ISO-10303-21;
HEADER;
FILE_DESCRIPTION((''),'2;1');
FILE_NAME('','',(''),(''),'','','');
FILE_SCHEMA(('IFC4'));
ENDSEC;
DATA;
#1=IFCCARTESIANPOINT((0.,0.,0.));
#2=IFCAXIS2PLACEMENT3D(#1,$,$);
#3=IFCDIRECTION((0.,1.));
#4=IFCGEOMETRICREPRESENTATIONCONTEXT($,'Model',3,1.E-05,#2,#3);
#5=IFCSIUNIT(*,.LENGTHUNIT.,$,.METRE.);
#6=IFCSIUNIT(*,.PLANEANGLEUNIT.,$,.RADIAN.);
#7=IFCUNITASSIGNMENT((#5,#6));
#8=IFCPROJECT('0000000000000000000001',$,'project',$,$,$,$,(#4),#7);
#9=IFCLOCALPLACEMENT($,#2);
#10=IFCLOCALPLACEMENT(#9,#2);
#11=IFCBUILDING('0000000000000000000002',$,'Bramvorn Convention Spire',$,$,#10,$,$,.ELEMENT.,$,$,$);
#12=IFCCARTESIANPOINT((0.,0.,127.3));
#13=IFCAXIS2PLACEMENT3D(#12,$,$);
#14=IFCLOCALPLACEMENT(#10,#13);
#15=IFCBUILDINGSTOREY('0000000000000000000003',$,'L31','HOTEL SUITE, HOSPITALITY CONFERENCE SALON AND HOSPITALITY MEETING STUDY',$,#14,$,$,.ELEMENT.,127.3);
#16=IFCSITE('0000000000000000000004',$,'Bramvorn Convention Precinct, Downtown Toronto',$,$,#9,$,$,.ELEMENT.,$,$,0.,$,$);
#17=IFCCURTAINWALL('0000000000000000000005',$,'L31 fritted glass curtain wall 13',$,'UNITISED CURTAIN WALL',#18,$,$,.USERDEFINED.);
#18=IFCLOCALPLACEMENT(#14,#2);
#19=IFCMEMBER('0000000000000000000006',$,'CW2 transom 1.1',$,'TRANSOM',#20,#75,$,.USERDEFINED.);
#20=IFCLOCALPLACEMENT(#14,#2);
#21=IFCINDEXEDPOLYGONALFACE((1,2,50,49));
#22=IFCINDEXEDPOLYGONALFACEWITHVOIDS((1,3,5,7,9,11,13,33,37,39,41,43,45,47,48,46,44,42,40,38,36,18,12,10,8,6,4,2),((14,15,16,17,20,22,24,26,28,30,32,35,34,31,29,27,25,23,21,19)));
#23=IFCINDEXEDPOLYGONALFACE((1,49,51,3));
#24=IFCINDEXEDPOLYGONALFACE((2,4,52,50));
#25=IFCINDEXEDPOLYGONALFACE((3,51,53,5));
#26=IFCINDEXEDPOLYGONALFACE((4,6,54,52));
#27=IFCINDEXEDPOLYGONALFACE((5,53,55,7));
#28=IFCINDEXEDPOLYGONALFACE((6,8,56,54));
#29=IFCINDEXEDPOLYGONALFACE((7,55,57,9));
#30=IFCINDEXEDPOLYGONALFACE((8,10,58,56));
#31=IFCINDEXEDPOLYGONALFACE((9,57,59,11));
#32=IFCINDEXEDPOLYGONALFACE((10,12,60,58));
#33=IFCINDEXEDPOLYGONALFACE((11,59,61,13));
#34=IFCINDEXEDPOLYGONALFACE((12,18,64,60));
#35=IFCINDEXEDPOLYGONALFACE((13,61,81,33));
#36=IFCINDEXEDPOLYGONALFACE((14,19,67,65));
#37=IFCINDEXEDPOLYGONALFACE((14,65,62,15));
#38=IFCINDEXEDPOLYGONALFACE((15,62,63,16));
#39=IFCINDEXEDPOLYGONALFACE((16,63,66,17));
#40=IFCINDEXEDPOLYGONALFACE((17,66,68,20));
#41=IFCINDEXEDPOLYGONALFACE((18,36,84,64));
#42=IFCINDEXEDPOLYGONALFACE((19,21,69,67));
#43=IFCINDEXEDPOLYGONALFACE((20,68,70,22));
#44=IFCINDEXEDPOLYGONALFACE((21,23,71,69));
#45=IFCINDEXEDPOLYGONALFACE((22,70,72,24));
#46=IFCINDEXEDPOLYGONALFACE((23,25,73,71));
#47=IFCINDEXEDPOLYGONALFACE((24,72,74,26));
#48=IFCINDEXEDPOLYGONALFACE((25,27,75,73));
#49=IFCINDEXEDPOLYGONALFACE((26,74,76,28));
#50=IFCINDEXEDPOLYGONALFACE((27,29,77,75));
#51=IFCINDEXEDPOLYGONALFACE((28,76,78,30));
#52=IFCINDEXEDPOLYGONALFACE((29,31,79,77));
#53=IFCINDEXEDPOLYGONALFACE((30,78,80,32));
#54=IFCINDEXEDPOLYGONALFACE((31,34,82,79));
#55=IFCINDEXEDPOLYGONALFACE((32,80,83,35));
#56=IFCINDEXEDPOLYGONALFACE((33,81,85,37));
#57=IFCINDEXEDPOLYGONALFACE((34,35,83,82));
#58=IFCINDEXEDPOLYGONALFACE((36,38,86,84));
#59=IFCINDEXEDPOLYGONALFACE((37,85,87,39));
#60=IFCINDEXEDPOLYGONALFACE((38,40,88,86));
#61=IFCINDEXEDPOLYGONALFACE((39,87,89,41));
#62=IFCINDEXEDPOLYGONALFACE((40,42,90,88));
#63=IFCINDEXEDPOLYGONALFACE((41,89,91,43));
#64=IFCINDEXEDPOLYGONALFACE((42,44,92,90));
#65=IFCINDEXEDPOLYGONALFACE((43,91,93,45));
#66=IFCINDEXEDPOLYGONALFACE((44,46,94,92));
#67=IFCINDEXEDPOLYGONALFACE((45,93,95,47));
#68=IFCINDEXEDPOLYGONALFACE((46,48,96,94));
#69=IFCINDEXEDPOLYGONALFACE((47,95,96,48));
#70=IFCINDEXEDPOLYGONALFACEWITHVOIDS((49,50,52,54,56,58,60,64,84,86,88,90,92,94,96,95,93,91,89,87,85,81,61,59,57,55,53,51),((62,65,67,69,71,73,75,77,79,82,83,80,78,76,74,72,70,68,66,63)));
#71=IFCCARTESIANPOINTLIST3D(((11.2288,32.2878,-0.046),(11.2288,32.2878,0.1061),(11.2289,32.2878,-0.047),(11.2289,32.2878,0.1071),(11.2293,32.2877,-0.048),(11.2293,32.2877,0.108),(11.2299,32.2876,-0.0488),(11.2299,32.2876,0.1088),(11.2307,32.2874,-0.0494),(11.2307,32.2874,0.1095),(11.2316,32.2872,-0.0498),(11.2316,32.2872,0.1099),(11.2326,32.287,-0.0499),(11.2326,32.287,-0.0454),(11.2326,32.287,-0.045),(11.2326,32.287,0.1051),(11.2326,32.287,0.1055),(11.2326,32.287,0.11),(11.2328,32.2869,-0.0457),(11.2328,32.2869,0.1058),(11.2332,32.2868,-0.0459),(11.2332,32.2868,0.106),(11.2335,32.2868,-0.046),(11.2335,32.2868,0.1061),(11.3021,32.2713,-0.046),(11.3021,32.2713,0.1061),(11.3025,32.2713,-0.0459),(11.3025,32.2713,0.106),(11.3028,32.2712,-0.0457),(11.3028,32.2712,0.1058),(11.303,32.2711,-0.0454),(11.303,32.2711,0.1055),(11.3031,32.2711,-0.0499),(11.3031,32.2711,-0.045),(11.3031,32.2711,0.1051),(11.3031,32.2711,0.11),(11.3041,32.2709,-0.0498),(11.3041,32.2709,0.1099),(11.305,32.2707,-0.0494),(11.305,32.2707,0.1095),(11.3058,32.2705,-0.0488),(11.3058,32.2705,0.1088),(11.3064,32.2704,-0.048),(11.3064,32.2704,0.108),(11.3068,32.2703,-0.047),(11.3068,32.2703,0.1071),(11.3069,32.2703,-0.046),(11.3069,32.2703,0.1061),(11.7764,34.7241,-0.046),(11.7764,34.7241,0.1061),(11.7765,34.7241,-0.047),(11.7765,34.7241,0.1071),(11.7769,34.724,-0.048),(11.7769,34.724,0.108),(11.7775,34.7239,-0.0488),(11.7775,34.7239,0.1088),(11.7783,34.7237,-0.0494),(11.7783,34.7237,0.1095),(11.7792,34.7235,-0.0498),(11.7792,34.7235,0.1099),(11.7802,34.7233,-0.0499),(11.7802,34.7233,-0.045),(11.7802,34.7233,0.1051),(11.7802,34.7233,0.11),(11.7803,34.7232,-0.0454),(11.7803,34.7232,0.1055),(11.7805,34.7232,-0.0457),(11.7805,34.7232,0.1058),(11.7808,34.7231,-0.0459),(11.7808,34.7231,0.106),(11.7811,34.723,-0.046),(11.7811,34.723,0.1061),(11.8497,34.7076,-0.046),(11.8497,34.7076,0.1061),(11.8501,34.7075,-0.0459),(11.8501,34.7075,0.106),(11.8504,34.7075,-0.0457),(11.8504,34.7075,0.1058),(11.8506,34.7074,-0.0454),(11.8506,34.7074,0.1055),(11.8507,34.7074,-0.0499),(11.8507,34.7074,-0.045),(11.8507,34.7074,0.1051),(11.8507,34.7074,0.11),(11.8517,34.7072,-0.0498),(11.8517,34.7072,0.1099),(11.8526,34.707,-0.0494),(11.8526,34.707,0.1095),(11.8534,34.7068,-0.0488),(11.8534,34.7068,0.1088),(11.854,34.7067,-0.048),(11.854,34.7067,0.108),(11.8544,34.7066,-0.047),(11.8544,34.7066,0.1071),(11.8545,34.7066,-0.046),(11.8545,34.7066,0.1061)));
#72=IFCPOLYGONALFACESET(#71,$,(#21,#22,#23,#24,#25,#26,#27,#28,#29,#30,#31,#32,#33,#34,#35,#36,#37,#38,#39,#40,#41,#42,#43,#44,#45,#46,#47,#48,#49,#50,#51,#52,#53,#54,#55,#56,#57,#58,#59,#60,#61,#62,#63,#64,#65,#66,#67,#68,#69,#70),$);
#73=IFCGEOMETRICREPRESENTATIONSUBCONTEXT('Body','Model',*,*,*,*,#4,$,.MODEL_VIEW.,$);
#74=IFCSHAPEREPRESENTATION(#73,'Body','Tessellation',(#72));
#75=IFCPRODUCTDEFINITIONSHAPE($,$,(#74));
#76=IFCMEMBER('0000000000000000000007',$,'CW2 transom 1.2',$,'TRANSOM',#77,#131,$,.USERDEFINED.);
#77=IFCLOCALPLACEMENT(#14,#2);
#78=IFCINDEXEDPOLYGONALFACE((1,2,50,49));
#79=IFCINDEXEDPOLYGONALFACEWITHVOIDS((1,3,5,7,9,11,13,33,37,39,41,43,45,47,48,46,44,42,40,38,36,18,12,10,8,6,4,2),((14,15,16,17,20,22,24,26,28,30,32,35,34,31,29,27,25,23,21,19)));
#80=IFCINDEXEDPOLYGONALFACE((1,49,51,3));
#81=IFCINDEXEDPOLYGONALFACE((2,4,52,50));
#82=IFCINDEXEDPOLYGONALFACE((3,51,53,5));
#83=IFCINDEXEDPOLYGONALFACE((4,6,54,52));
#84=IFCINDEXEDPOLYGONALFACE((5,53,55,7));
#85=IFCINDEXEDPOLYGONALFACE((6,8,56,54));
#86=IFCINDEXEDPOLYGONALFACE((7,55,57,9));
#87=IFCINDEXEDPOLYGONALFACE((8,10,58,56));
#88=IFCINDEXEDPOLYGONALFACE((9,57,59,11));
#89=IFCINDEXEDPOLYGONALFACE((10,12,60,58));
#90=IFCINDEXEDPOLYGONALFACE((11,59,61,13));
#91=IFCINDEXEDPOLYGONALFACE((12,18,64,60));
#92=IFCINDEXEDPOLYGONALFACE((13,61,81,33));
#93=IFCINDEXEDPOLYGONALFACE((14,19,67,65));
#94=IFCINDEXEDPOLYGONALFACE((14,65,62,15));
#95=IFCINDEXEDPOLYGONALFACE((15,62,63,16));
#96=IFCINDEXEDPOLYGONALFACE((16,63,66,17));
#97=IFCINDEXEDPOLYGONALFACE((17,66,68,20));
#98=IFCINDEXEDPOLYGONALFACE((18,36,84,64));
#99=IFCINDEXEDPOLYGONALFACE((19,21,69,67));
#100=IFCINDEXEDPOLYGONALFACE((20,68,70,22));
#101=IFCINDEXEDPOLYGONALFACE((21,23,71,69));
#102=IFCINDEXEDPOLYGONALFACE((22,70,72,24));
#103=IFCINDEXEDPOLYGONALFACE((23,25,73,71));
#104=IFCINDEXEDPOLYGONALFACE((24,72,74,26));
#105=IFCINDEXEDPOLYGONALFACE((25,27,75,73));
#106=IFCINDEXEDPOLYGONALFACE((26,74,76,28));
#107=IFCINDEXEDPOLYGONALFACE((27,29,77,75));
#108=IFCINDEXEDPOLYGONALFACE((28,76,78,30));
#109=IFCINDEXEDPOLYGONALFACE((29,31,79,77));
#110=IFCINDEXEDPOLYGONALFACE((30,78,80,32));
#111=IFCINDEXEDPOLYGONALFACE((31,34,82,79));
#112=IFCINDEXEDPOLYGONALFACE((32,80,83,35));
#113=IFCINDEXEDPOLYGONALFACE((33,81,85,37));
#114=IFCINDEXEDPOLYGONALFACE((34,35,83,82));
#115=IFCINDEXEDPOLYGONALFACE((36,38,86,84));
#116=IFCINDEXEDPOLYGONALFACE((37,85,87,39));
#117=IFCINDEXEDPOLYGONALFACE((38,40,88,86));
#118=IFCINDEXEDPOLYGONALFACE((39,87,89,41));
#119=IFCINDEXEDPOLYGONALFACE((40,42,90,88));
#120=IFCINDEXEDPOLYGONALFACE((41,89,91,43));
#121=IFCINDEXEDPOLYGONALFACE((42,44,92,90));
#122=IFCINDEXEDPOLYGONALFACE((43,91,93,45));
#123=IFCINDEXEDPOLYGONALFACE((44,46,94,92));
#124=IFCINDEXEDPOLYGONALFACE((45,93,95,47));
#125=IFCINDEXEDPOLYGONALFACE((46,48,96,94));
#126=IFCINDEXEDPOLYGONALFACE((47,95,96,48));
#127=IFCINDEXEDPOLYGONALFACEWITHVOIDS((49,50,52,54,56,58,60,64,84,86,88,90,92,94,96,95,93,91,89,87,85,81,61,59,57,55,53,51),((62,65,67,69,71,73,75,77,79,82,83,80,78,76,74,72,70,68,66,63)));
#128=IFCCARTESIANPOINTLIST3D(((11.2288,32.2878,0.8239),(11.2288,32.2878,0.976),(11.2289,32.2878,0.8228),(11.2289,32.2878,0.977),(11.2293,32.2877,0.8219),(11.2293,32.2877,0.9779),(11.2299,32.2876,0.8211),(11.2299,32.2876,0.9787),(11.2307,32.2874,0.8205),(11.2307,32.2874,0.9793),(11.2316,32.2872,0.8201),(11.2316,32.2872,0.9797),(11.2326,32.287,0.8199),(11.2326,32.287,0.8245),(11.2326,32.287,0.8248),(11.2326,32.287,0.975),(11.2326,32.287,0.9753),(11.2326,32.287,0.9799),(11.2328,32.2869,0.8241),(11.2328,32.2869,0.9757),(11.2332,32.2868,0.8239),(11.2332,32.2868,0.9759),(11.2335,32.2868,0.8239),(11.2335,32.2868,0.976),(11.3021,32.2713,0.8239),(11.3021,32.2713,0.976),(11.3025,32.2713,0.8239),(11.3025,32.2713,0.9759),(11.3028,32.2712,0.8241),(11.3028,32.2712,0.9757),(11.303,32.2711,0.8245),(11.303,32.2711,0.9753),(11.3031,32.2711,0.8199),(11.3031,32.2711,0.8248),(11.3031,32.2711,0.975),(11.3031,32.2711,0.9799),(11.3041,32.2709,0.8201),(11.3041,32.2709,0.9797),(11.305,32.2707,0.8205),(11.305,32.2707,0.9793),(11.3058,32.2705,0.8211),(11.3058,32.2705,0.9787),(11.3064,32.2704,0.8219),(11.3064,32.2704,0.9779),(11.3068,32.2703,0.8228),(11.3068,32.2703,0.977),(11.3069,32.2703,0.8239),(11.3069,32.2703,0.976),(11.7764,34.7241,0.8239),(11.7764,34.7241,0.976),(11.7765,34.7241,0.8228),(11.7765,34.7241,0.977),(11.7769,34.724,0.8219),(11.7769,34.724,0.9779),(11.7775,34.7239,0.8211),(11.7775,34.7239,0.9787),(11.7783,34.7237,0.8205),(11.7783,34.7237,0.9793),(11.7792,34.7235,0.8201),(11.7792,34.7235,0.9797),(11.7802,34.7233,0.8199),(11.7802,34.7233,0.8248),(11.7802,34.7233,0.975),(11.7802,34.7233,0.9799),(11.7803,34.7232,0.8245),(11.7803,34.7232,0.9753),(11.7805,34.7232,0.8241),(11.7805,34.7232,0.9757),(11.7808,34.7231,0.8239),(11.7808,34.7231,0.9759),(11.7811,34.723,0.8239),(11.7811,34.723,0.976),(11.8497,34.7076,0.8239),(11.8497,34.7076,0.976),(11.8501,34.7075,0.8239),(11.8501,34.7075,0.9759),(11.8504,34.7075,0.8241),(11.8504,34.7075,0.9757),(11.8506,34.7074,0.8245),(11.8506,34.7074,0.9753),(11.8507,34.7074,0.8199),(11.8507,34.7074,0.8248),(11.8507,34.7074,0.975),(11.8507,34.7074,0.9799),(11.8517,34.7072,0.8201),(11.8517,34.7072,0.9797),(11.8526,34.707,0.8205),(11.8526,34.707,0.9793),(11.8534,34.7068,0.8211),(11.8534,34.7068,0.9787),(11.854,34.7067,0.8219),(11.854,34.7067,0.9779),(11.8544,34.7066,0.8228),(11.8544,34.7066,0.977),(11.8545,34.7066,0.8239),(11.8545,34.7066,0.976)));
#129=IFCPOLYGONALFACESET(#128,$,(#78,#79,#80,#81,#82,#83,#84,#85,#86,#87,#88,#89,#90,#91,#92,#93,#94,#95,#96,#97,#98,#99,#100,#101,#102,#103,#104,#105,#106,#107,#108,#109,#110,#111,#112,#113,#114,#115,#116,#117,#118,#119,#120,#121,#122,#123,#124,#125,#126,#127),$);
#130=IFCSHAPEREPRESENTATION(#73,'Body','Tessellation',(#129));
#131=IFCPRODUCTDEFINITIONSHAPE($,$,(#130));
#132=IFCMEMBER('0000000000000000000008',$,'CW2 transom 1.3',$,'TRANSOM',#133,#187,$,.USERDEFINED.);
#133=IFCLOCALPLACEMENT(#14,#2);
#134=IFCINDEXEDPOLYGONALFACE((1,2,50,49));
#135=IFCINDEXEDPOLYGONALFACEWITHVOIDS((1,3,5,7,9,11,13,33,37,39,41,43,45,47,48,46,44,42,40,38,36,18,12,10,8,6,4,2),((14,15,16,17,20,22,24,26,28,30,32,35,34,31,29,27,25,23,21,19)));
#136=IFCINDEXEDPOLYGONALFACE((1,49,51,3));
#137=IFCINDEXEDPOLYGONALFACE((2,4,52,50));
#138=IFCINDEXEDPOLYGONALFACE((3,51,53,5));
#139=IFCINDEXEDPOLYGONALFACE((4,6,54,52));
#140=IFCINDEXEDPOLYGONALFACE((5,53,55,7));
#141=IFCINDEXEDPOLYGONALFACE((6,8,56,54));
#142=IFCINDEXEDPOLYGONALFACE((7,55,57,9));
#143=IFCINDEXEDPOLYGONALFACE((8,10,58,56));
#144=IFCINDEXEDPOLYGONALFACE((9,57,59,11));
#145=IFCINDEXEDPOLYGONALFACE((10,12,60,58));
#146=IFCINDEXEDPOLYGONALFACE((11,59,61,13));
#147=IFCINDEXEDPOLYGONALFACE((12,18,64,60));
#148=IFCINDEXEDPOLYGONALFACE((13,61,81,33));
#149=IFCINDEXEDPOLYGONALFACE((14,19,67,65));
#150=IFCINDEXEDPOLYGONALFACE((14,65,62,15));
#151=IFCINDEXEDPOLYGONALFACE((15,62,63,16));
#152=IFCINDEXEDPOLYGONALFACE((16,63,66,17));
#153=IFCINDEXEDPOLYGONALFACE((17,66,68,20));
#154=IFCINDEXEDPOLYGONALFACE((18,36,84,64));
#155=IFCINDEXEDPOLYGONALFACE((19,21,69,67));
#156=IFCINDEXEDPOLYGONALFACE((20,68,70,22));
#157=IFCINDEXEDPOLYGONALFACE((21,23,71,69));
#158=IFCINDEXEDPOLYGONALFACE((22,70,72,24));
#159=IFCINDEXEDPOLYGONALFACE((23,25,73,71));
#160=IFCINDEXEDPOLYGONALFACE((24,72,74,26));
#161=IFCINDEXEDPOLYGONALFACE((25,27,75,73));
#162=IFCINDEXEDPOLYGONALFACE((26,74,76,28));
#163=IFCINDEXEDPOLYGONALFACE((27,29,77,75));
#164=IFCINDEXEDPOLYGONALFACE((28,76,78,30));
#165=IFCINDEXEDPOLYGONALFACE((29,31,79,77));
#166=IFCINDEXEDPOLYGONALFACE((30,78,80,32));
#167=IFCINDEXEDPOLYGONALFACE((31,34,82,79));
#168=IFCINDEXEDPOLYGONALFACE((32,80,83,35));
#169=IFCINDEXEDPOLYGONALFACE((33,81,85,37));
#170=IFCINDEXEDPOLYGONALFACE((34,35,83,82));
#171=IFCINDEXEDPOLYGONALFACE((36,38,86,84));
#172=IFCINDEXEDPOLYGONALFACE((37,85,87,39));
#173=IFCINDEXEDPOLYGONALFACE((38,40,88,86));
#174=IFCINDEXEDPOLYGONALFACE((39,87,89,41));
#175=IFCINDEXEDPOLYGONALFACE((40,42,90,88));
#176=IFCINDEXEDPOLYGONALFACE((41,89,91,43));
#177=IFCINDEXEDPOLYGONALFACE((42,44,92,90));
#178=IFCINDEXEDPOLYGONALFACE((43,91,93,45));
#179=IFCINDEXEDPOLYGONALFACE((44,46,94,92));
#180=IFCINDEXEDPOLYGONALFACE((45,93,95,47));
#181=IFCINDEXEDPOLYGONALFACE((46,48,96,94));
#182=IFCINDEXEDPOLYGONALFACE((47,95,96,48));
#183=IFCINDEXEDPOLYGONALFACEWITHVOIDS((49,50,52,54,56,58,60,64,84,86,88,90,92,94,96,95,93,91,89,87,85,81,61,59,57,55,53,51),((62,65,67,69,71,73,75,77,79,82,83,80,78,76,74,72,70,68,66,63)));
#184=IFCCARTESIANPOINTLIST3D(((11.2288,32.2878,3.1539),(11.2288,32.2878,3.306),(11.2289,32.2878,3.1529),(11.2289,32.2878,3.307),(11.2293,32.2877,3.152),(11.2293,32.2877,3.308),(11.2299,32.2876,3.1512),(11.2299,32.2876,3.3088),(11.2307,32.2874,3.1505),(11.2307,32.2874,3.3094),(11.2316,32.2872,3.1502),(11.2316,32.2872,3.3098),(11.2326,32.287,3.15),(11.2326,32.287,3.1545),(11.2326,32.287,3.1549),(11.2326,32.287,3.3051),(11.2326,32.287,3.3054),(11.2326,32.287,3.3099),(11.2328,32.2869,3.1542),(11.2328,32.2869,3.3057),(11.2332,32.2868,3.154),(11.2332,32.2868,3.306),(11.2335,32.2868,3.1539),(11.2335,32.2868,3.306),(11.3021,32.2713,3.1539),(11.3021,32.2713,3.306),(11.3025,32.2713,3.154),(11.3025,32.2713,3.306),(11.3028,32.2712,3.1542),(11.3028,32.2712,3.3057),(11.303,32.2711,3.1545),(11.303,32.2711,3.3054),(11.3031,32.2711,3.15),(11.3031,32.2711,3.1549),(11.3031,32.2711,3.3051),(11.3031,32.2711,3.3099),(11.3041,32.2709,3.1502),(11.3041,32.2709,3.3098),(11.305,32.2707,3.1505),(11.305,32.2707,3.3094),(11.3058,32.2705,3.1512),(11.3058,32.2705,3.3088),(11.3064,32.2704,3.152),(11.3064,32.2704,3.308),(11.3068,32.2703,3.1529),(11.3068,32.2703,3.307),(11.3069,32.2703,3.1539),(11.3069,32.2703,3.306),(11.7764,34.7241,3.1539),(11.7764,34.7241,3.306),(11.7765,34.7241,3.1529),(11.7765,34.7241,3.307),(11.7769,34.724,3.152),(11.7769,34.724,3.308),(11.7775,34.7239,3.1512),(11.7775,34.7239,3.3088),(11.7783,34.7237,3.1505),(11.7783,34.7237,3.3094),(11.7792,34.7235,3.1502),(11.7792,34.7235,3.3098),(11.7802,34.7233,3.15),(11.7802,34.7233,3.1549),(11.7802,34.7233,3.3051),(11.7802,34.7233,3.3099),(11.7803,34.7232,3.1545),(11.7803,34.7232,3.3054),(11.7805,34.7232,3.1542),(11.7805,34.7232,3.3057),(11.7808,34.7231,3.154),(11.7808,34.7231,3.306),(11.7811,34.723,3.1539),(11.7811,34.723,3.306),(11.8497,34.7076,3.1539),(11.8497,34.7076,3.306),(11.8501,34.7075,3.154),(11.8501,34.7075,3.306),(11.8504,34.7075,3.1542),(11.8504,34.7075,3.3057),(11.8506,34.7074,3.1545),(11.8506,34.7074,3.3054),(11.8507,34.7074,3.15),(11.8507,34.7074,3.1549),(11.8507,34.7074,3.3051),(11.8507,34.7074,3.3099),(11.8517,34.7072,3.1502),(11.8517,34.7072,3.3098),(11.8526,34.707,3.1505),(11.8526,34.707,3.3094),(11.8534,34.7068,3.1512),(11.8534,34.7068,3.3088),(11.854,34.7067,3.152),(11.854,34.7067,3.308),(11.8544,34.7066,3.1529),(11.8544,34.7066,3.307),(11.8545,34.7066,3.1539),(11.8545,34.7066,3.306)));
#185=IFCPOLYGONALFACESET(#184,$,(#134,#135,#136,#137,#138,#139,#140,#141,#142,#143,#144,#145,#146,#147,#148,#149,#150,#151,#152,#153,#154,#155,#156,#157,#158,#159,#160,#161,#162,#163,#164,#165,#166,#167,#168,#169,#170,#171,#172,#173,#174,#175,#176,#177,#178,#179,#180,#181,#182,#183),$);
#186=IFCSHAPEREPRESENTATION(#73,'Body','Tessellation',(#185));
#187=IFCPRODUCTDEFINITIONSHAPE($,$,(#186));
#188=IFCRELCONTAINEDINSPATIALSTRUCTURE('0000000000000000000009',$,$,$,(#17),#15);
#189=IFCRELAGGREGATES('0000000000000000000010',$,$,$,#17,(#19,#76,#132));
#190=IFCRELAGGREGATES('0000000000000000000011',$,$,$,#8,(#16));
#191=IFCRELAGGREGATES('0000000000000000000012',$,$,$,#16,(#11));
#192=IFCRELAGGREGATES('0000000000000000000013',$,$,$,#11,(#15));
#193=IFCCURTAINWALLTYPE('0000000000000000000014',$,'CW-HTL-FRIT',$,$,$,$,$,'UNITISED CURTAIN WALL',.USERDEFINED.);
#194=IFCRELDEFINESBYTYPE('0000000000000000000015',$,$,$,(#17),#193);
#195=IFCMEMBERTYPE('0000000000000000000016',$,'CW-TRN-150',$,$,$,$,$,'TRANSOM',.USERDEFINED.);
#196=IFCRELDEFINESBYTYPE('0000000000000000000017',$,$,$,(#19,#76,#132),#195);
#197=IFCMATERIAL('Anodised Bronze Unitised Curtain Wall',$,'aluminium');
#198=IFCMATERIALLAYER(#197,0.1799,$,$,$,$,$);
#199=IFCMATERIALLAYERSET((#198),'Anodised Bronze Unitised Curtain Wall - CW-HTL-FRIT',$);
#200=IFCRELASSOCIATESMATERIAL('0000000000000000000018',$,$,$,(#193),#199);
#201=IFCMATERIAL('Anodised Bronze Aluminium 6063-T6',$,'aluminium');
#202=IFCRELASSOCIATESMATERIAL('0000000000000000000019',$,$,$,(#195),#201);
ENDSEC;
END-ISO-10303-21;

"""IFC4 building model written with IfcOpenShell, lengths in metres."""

from ifc_helpers import new_model, si_unit, direction, frame, origin, origin_2d, place, context, subcontext, project, spatial, hollow_rectangle, extrude, material, layer, layer_set, material_profile, profile_set, type_object, element, aggregate, save


model = new_model("IFC4")

# Units and contexts
model_context = context("Model", 3, precision=1e-05, world=origin(), true_north=direction((0.0, 1.0)))
body_context = subcontext(model_context, "Body", "Model", "MODEL_VIEW")
ifc_project = project(units=[si_unit("LENGTHUNIT", "METRE"), si_unit("PLANEANGLEUNIT", "RADIAN")], contexts=[model_context])

# Site, building, storey
site_placement = place(None, origin())
site = spatial("IfcSite", under=ifc_project, at=site_placement, Name="Bramvorn Convention Precinct, Downtown Toronto", CompositionType="ELEMENT", RefElevation=0.0)
building_placement = place(site_placement, origin())
building = spatial("IfcBuilding", under=site, at=building_placement, Name="Bramvorn Convention Spire", CompositionType="ELEMENT")
storey_placement = place(building_placement, frame((0.0, 0.0, 127.3)))
storey = spatial("IfcBuildingStorey", under=building, at=storey_placement, Name="L31", Description="HOTEL SUITE, HOSPITALITY CONFERENCE SALON AND HOSPITALITY MEETING STUDY", CompositionType="ELEMENT", Elevation=127.3)

# Curtain wall
ifc_material_1 = material(Name="Anodised Bronze Unitised Curtain Wall", Category="aluminium")
ifc_layer_1 = layer(ifc_material_1, 0.1799)
ifc_layer_set_1 = layer_set([ifc_layer_1], Name="Anodised Bronze Unitised Curtain Wall - CW-HTL-FRIT")
curtain_wall_type = type_object("IfcCurtainWallType", Name="CW-HTL-FRIT", ElementType="UNITISED CURTAIN WALL", PredefinedType="USERDEFINED", material=ifc_layer_set_1)
curtain_wall_1_placement = place(storey_placement, origin())
curtain_wall_1 = element("IfcCurtainWall", 1, at=curtain_wall_1_placement, inside=storey, type_object=curtain_wall_type, Name="L31 fritted glass curtain wall 13", ObjectType="UNITISED CURTAIN WALL", PredefinedType="USERDEFINED")
ifc_material_2 = material(Name="Anodised Bronze Aluminium 6063-T6", Category="aluminium")

# Members
ifc_material_profile_1 = material_profile(ifc_material_2, hollow_rectangle(XDim=0.0801, YDim=0.1599, WallThickness=0.0039, InnerFilletRadius=0.001, OuterFilletRadius=0.0039, at=origin_2d()))
ifc_profile_set_1 = profile_set([ifc_material_profile_1], Name="Anodised Bronze Aluminium 6063-T6 - CWT80X160")
member_type_1 = type_object("IfcMemberType", Name="CW-TRN-150", ElementType="TRANSOM", PredefinedType="USERDEFINED", material=ifc_profile_set_1)
member_1_placement = place(storey_placement, frame((11.2678, 32.2791, 0.03), z_axis=(0.2193, 0.975657, 0.0), x_axis=(-0.975657, 0.2193, 0.0)))
member_1 = element("IfcMember", 2, at=member_1_placement, type_object=member_type_1, Name="CW2 transom 1.1", ObjectType="TRANSOM", PredefinedType="USERDEFINED", context=body_context, shape_type="SweptSolid", body=[
    extrude(hollow_rectangle(XDim=0.0801, YDim=0.1599, WallThickness=0.0039, InnerFilletRadius=0.001, OuterFilletRadius=0.0039, at=origin_2d()), origin(), (0.0, 0.0, 1.0), 2.4971),
])
member_2_placement = place(storey_placement, frame((11.2678, 32.2791, 0.8999), z_axis=(0.2193, 0.975657, 0.0), x_axis=(-0.975657, 0.2193, 0.0)))
member_2 = element("IfcMember", 3, at=member_2_placement, type_object=member_type_1, Name="CW2 transom 1.2", ObjectType="TRANSOM", PredefinedType="USERDEFINED", context=body_context, shape_type="SweptSolid", body=[
    extrude(hollow_rectangle(XDim=0.0801, YDim=0.1599, WallThickness=0.0039, InnerFilletRadius=0.001, OuterFilletRadius=0.0039, at=origin_2d()), origin(), (0.0, 0.0, 1.0), 2.4971),
])
member_3_placement = place(storey_placement, frame((11.2678, 32.2791, 3.23), z_axis=(0.2193, 0.975657, 0.0), x_axis=(-0.975657, 0.2193, 0.0)))
member_3 = element("IfcMember", 4, at=member_3_placement, type_object=member_type_1, Name="CW2 transom 1.3", ObjectType="TRANSOM", PredefinedType="USERDEFINED", context=body_context, shape_type="SweptSolid", body=[
    extrude(hollow_rectangle(XDim=0.0801, YDim=0.1599, WallThickness=0.0039, InnerFilletRadius=0.001, OuterFilletRadius=0.0039, at=origin_2d()), origin(), (0.0, 0.0, 1.0), 2.4971),
])
aggregate(curtain_wall_1, [member_1, member_2, member_3])

save(model, "model.ifc")
